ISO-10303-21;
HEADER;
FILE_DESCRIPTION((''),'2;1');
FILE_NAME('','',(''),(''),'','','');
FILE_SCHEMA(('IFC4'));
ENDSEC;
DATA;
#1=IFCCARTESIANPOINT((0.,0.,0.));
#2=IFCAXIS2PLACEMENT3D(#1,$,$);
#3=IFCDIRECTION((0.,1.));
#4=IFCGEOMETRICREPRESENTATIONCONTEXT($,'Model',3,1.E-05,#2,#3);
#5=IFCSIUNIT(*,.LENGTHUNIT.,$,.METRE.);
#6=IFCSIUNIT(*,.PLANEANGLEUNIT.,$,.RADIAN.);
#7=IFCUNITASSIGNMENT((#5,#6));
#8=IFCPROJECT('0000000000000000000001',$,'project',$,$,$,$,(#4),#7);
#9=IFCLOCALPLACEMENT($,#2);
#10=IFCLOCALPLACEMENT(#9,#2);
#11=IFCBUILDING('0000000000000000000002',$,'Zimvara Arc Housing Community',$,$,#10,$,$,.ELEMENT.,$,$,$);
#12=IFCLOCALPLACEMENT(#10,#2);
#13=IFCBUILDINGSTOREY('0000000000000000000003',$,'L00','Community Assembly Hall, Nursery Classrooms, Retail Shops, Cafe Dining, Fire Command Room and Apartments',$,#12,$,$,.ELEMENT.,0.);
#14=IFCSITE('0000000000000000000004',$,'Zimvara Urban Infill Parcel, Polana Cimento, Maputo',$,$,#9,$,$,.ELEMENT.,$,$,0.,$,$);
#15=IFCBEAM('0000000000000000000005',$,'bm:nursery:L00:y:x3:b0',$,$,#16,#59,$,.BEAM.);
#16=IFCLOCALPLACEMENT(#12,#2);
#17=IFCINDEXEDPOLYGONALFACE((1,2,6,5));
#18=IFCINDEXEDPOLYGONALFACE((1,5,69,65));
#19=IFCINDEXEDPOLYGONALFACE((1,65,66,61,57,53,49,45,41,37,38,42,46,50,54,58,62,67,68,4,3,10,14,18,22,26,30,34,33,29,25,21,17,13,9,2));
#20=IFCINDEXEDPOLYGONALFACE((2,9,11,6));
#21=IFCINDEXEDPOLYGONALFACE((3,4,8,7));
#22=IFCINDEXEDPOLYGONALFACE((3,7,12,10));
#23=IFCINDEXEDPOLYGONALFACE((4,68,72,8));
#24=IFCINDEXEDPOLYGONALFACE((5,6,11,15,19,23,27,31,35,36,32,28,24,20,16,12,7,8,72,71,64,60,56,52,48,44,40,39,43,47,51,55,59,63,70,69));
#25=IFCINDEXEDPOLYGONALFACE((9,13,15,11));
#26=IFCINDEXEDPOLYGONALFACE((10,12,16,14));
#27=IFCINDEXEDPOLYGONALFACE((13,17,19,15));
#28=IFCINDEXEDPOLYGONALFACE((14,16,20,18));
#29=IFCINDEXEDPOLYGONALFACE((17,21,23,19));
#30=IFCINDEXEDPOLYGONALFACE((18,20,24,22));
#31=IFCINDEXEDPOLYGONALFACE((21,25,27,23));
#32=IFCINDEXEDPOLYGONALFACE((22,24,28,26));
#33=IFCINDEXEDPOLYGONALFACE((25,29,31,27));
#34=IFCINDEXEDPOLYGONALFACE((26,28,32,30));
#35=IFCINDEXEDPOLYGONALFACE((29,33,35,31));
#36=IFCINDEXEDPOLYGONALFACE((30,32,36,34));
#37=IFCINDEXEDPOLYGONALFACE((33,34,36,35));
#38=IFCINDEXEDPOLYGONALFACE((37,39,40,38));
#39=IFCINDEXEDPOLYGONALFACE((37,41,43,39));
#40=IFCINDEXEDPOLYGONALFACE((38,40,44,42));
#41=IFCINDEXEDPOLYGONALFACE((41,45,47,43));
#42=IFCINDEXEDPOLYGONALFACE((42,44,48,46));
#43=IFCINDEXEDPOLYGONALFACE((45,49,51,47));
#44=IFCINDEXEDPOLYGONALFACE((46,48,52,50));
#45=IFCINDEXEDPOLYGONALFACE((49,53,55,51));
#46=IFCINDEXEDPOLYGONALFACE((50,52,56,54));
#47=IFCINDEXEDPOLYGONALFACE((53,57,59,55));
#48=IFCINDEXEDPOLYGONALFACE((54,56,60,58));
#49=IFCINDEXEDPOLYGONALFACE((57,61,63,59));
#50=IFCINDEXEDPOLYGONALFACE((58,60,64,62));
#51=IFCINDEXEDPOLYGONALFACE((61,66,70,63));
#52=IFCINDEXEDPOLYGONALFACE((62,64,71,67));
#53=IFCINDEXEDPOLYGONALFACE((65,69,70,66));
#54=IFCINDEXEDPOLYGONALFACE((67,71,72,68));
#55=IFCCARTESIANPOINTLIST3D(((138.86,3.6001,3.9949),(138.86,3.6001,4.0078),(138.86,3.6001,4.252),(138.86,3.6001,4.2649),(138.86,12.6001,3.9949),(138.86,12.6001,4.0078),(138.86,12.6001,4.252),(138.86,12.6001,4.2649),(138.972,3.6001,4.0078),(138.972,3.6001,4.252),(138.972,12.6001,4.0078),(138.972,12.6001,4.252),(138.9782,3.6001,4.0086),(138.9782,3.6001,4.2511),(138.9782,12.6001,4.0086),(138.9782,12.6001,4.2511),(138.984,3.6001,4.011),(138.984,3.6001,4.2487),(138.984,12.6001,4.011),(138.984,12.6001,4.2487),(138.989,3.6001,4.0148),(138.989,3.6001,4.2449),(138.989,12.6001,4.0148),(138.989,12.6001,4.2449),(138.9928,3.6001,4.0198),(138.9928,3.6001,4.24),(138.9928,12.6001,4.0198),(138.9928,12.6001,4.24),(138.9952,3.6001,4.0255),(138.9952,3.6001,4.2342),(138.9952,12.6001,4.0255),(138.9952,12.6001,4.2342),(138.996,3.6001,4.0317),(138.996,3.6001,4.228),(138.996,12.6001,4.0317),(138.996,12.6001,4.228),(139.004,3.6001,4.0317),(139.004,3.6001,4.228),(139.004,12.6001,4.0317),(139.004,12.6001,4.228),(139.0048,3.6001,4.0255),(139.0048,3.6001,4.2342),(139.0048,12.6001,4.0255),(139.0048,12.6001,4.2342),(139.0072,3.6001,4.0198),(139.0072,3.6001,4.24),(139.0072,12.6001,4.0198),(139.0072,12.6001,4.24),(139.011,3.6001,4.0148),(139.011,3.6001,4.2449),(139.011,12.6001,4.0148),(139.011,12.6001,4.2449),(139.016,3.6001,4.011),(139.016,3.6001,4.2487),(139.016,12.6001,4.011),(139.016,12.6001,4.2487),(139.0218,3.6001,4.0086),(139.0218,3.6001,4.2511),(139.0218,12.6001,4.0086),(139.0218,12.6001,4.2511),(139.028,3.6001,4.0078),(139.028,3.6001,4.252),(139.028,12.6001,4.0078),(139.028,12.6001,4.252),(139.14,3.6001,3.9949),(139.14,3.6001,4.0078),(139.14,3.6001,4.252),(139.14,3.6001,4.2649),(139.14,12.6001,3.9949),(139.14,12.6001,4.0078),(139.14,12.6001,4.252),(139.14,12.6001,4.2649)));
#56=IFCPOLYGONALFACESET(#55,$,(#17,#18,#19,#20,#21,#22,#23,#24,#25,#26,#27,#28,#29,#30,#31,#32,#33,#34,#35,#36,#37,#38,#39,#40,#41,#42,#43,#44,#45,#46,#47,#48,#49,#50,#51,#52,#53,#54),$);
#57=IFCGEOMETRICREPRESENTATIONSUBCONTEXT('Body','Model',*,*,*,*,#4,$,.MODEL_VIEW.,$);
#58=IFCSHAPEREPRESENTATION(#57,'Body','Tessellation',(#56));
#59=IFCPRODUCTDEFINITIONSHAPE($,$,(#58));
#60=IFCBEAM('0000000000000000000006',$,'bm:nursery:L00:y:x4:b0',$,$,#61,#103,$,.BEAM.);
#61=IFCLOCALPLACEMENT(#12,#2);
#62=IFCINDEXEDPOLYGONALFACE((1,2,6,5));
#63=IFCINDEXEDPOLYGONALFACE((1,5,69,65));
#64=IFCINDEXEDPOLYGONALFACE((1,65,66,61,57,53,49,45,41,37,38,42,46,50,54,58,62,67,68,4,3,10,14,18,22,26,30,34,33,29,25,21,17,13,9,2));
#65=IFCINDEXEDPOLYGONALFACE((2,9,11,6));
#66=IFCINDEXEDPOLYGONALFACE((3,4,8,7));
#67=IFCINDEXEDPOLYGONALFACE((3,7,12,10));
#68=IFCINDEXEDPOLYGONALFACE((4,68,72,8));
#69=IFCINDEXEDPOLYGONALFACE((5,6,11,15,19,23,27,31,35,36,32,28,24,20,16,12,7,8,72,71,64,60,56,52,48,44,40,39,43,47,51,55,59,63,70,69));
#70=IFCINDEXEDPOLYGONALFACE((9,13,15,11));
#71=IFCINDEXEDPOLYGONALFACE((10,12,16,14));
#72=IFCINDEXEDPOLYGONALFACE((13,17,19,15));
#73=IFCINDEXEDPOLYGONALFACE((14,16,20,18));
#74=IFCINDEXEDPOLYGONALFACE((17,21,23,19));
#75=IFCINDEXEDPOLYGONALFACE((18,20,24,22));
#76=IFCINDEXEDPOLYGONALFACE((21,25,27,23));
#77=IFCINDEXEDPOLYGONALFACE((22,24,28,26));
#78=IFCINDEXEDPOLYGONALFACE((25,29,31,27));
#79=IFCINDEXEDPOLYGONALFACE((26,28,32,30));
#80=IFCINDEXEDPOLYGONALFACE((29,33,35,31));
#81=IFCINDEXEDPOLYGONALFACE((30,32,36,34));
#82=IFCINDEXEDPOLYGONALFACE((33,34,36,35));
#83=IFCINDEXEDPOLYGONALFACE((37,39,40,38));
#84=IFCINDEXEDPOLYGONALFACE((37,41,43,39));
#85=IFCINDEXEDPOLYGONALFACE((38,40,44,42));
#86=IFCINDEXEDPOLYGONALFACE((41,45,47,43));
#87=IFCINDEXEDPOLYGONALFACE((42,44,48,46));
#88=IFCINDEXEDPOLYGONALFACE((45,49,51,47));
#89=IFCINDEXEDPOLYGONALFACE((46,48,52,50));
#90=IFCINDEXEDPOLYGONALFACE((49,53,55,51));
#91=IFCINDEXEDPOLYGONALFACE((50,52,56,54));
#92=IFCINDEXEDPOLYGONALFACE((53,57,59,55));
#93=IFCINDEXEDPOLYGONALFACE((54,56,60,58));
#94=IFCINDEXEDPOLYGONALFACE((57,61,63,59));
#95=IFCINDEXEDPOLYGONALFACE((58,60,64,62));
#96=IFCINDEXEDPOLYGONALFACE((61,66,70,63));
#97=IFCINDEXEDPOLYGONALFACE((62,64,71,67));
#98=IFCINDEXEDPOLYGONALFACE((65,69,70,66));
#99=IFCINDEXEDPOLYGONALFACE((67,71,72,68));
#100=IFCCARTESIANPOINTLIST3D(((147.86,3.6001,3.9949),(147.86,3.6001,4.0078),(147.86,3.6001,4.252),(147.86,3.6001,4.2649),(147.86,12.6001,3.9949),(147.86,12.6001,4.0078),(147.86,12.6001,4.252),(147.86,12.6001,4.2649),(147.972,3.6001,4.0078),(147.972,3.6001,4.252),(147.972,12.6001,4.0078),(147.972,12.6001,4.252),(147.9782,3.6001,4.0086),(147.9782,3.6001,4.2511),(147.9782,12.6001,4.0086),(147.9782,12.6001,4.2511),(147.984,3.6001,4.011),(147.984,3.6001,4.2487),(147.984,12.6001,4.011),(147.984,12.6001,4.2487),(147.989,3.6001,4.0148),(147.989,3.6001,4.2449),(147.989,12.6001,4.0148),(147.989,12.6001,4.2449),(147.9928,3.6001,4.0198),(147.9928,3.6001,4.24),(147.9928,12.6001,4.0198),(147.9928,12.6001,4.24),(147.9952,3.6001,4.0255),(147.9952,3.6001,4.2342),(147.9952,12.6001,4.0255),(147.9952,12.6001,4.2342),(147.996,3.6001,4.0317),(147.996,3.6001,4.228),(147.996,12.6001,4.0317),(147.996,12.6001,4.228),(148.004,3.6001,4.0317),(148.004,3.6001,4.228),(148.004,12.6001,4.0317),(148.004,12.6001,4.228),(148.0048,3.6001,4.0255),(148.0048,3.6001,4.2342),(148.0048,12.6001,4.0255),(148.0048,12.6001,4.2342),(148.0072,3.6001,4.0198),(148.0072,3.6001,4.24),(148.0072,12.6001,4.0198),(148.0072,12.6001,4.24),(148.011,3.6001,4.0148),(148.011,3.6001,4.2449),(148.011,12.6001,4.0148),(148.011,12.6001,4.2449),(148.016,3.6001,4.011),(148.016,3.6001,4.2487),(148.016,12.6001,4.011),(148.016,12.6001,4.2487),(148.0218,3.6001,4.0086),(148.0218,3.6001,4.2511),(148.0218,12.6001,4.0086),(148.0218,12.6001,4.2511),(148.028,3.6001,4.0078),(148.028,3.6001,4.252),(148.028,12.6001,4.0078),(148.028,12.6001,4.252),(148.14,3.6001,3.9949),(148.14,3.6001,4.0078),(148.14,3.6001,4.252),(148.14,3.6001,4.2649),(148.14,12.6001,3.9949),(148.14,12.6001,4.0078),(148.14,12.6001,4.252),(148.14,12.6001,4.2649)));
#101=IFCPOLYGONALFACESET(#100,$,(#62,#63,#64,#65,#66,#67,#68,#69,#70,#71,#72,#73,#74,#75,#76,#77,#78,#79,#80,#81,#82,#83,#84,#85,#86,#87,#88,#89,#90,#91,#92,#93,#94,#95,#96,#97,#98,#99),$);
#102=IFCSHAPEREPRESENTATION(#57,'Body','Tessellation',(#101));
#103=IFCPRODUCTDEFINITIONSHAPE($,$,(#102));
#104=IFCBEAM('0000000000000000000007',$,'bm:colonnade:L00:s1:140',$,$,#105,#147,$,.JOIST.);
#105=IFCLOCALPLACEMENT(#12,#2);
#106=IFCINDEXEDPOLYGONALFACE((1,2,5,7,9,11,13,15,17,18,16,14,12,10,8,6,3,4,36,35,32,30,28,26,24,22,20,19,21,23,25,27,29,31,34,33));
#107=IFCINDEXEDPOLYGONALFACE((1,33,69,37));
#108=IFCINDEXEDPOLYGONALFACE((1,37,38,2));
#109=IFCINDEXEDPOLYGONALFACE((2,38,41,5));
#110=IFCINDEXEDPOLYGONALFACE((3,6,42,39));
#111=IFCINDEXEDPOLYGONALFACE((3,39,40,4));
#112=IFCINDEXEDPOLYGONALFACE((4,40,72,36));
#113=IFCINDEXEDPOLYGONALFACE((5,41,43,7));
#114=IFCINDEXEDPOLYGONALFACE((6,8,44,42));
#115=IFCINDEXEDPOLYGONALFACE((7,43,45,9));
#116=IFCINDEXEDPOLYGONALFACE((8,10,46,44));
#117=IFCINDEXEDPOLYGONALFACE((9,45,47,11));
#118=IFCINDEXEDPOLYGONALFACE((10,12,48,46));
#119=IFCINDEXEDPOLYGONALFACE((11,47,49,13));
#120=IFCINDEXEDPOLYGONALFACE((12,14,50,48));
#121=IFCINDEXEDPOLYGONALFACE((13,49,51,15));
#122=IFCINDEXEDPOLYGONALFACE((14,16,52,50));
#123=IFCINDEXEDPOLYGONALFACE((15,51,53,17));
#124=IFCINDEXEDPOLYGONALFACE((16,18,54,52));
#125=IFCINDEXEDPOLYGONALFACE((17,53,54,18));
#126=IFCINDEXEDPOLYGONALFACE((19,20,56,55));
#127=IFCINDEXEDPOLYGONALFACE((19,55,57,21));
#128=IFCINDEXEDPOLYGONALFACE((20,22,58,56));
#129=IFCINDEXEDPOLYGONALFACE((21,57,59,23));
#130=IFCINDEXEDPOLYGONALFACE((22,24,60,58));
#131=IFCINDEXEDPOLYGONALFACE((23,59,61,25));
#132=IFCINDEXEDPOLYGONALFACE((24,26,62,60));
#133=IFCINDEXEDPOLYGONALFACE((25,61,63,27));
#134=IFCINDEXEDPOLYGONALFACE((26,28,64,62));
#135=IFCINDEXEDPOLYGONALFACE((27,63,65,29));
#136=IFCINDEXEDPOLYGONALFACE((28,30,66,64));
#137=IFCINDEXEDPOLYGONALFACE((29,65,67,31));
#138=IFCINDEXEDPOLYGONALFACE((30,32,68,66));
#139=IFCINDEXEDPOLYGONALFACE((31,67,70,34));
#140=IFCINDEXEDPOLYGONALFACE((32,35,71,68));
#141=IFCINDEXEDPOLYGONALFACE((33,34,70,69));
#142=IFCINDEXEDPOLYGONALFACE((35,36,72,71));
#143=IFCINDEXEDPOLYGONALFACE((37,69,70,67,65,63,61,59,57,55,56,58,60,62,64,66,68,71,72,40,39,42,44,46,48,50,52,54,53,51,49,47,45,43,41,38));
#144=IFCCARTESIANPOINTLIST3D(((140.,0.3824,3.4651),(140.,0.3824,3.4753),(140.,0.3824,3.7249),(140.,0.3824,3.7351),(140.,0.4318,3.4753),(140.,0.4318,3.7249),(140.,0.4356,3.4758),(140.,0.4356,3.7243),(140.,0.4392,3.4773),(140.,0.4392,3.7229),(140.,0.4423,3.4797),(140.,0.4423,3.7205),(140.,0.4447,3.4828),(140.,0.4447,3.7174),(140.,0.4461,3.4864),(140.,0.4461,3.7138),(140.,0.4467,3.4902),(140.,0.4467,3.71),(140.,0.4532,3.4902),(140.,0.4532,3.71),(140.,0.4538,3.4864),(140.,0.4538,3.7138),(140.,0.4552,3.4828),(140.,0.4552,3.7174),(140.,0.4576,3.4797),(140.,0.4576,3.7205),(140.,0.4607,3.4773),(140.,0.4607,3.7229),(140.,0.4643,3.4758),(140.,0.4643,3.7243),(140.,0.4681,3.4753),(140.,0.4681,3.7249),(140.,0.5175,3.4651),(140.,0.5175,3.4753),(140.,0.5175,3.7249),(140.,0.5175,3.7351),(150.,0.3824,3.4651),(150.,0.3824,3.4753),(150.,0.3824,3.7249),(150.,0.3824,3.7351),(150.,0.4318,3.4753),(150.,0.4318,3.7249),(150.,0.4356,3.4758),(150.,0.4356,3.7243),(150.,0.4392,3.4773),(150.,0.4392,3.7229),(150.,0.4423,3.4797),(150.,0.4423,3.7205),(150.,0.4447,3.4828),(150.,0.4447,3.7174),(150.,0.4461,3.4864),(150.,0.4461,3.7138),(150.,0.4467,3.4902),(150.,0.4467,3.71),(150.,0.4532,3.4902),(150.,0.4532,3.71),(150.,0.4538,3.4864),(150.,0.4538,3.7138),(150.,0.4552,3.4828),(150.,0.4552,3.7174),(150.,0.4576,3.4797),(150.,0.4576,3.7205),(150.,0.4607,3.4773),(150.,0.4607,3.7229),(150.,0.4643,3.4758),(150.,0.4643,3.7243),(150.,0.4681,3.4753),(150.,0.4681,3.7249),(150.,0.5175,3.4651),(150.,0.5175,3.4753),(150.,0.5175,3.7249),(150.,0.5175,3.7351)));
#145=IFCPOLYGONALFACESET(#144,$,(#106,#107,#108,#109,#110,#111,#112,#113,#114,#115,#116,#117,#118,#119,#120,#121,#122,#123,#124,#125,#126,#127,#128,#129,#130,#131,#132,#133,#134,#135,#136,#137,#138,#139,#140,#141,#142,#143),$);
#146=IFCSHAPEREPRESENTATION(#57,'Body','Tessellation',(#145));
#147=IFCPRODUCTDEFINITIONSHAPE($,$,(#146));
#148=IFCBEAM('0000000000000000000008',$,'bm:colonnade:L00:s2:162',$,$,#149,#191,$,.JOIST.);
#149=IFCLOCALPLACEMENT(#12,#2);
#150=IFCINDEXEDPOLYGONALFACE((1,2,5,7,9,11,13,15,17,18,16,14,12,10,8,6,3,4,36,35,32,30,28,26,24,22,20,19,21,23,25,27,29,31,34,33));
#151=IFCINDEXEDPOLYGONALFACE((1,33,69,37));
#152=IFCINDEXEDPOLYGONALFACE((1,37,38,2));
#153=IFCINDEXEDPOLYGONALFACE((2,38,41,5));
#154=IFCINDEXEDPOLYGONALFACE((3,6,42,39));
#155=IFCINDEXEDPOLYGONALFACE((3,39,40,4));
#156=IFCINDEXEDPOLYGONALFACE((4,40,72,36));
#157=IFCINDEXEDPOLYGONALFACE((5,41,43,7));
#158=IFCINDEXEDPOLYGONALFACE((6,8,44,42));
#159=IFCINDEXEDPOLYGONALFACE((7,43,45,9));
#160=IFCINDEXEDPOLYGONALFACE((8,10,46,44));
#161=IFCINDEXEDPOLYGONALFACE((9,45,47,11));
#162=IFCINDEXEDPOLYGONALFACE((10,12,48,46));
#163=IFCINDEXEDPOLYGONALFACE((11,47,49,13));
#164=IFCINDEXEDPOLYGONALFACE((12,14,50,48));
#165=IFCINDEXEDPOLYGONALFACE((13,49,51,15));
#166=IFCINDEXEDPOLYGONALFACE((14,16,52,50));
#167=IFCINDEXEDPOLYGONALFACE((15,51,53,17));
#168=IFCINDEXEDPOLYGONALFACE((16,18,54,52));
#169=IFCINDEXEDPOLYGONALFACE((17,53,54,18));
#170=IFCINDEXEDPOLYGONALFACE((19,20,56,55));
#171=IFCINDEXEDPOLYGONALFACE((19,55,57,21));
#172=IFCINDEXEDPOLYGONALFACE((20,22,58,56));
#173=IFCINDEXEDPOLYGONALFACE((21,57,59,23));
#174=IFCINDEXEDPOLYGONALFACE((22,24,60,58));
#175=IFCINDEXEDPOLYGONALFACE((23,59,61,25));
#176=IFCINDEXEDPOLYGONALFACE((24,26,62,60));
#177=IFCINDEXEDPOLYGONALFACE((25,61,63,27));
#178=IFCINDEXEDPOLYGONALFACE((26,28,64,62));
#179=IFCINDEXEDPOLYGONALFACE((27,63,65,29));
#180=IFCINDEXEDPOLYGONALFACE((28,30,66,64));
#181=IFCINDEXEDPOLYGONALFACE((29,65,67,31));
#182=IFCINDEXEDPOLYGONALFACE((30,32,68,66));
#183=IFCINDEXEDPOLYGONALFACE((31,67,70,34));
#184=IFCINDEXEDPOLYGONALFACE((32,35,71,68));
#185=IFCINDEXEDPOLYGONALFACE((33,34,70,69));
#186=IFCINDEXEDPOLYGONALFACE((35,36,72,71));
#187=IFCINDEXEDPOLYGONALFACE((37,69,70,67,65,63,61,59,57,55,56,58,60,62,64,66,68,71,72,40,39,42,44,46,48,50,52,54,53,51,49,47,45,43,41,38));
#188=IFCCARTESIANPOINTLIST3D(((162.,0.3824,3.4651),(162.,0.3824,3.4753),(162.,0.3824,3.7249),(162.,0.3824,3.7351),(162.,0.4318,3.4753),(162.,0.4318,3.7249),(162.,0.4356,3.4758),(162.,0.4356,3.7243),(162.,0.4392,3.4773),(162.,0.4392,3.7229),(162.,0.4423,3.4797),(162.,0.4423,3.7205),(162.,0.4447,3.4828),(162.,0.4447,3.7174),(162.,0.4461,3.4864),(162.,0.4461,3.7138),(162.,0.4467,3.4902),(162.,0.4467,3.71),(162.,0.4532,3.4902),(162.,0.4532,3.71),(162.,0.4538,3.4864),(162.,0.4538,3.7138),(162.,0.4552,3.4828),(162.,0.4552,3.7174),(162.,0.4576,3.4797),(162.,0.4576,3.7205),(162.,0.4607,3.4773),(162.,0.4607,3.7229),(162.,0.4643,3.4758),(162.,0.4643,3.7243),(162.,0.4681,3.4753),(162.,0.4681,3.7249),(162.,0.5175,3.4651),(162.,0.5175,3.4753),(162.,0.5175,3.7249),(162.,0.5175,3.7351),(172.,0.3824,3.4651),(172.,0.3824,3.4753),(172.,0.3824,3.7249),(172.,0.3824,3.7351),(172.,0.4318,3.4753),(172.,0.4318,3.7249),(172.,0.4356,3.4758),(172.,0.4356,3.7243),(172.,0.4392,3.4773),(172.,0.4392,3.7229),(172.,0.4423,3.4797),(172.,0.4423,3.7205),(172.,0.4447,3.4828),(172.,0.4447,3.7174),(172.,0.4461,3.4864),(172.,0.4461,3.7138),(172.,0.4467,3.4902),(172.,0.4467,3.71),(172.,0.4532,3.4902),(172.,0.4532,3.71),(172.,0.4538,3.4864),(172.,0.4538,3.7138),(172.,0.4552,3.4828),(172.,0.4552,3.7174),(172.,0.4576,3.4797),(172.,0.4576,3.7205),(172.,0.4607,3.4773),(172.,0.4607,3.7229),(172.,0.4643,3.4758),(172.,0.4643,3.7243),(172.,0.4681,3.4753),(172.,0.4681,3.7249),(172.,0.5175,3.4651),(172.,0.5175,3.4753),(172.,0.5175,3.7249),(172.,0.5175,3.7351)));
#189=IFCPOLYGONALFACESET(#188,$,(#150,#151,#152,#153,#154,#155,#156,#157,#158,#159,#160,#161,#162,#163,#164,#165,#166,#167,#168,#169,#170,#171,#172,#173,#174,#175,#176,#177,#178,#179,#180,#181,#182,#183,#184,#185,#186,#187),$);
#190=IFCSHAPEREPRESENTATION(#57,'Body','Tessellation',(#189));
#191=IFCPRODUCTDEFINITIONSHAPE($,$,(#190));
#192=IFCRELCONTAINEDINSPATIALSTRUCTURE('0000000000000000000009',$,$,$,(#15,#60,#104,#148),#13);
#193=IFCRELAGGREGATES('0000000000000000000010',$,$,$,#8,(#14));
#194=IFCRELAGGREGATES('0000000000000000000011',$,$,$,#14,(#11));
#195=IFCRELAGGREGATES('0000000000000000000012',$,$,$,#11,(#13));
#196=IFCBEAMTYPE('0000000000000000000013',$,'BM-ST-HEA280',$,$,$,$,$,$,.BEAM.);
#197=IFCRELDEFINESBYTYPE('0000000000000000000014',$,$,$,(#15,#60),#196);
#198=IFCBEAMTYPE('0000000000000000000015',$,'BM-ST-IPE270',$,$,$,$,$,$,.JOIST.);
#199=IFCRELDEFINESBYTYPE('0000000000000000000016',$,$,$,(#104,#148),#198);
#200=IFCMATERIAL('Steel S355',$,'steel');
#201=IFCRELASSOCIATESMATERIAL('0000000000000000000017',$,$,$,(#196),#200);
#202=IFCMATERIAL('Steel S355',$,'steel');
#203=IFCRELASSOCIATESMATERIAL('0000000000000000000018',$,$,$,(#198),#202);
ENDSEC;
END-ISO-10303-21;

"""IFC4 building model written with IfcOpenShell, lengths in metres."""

from ifc_helpers import new_model, si_unit, direction, frame, origin, origin_2d, place, context, subcontext, project, spatial, i_section, extrude, material, material_profile, profile_set, type_object, element, save


model = new_model("IFC4")

# Units and contexts
model_context = context("Model", 3, precision=1e-05, world=origin(), true_north=direction((0.0, 1.0)))
body_context = subcontext(model_context, "Body", "Model", "MODEL_VIEW")
ifc_project = project(units=[si_unit("LENGTHUNIT", "METRE"), si_unit("PLANEANGLEUNIT", "RADIAN")], contexts=[model_context])

# Site, building, storey
site_placement = place(None, origin())
site = spatial("IfcSite", under=ifc_project, at=site_placement, Name="Zimvara Urban Infill Parcel, Polana Cimento, Maputo", CompositionType="ELEMENT", RefElevation=0.0)
building_placement = place(site_placement, origin())
building = spatial("IfcBuilding", under=site, at=building_placement, Name="Zimvara Arc Housing Community", CompositionType="ELEMENT")
storey_placement = place(building_placement, origin())
storey = spatial("IfcBuildingStorey", under=building, at=storey_placement, Name="L00", Description="Community Assembly Hall, Nursery Classrooms, Retail Shops, Cafe Dining, Fire Command Room and Apartments", CompositionType="ELEMENT", Elevation=0.0)

# Beams
ifc_material_1 = material(Name="Steel S355", Category="steel")
ifc_material_profile_1 = material_profile(ifc_material_1, i_section(OverallWidth=0.28, OverallDepth=0.27, WebThickness=0.0081, FlangeThickness=0.0129, FilletRadius=0.0239, at=origin_2d()), Name="HEA 280")
ifc_profile_set_1 = profile_set([ifc_material_profile_1], Name="Steel S355")
beam_type_1 = type_object("IfcBeamType", Name="BM-ST-HEA280", PredefinedType="BEAM", material=ifc_profile_set_1)
for number, where, z_axis, x_axis, name in (
    (1, (139.0, 3.6001, 4.1299), (0.0, 1.0, 0.0), (-1.0, 0.0, 0.0), "bm:nursery:L00:y:x3:b0"),
    (2, (148.0, 3.6001, 4.1299), (0.0, 1.0, 0.0), (-1.0, 0.0, 0.0), "bm:nursery:L00:y:x4:b0"),
):
    element("IfcBeam", number, at=place(storey_placement, frame(where, z_axis=z_axis, x_axis=x_axis)), inside=storey, type_object=beam_type_1, Name=name, PredefinedType="BEAM", context=body_context, shape_type="SweptSolid", body=[
        extrude(i_section(OverallWidth=0.28, OverallDepth=0.27, WebThickness=0.0081, FlangeThickness=0.0129, FilletRadius=0.0239, at=origin_2d()), origin(), (0.0, 0.0, 1.0), 9.0),
    ])
ifc_material_2 = material(Name="Steel S355", Category="steel")
ifc_material_profile_2 = material_profile(ifc_material_2, i_section(OverallWidth=0.135, OverallDepth=0.27, WebThickness=0.0066, FlangeThickness=0.0103, FilletRadius=0.0149, at=origin_2d()), Name="IPE 270")
ifc_profile_set_2 = profile_set([ifc_material_profile_2], Name="Steel S355")
beam_type_2 = type_object("IfcBeamType", Name="BM-ST-IPE270", PredefinedType="JOIST", material=ifc_profile_set_2)
for number, where, z_axis, x_axis, name in (
    (3, (140.0, 0.45, 3.6001), (1.0, 0.0, 0.0), (0.0, 1.0, 0.0), "bm:colonnade:L00:s1:140"),
    (4, (162.0, 0.45, 3.6001), (1.0, 0.0, 0.0), (0.0, 1.0, 0.0), "bm:colonnade:L00:s2:162"),
):
    element("IfcBeam", number, at=place(storey_placement, frame(where, z_axis=z_axis, x_axis=x_axis)), inside=storey, type_object=beam_type_2, Name=name, PredefinedType="JOIST", context=body_context, shape_type="SweptSolid", body=[
        extrude(i_section(OverallWidth=0.135, OverallDepth=0.27, WebThickness=0.0066, FlangeThickness=0.0103, FilletRadius=0.0149, at=origin_2d()), origin(), (0.0, 0.0, 1.0), 10.0),
    ])

save(model, "model.ifc")
